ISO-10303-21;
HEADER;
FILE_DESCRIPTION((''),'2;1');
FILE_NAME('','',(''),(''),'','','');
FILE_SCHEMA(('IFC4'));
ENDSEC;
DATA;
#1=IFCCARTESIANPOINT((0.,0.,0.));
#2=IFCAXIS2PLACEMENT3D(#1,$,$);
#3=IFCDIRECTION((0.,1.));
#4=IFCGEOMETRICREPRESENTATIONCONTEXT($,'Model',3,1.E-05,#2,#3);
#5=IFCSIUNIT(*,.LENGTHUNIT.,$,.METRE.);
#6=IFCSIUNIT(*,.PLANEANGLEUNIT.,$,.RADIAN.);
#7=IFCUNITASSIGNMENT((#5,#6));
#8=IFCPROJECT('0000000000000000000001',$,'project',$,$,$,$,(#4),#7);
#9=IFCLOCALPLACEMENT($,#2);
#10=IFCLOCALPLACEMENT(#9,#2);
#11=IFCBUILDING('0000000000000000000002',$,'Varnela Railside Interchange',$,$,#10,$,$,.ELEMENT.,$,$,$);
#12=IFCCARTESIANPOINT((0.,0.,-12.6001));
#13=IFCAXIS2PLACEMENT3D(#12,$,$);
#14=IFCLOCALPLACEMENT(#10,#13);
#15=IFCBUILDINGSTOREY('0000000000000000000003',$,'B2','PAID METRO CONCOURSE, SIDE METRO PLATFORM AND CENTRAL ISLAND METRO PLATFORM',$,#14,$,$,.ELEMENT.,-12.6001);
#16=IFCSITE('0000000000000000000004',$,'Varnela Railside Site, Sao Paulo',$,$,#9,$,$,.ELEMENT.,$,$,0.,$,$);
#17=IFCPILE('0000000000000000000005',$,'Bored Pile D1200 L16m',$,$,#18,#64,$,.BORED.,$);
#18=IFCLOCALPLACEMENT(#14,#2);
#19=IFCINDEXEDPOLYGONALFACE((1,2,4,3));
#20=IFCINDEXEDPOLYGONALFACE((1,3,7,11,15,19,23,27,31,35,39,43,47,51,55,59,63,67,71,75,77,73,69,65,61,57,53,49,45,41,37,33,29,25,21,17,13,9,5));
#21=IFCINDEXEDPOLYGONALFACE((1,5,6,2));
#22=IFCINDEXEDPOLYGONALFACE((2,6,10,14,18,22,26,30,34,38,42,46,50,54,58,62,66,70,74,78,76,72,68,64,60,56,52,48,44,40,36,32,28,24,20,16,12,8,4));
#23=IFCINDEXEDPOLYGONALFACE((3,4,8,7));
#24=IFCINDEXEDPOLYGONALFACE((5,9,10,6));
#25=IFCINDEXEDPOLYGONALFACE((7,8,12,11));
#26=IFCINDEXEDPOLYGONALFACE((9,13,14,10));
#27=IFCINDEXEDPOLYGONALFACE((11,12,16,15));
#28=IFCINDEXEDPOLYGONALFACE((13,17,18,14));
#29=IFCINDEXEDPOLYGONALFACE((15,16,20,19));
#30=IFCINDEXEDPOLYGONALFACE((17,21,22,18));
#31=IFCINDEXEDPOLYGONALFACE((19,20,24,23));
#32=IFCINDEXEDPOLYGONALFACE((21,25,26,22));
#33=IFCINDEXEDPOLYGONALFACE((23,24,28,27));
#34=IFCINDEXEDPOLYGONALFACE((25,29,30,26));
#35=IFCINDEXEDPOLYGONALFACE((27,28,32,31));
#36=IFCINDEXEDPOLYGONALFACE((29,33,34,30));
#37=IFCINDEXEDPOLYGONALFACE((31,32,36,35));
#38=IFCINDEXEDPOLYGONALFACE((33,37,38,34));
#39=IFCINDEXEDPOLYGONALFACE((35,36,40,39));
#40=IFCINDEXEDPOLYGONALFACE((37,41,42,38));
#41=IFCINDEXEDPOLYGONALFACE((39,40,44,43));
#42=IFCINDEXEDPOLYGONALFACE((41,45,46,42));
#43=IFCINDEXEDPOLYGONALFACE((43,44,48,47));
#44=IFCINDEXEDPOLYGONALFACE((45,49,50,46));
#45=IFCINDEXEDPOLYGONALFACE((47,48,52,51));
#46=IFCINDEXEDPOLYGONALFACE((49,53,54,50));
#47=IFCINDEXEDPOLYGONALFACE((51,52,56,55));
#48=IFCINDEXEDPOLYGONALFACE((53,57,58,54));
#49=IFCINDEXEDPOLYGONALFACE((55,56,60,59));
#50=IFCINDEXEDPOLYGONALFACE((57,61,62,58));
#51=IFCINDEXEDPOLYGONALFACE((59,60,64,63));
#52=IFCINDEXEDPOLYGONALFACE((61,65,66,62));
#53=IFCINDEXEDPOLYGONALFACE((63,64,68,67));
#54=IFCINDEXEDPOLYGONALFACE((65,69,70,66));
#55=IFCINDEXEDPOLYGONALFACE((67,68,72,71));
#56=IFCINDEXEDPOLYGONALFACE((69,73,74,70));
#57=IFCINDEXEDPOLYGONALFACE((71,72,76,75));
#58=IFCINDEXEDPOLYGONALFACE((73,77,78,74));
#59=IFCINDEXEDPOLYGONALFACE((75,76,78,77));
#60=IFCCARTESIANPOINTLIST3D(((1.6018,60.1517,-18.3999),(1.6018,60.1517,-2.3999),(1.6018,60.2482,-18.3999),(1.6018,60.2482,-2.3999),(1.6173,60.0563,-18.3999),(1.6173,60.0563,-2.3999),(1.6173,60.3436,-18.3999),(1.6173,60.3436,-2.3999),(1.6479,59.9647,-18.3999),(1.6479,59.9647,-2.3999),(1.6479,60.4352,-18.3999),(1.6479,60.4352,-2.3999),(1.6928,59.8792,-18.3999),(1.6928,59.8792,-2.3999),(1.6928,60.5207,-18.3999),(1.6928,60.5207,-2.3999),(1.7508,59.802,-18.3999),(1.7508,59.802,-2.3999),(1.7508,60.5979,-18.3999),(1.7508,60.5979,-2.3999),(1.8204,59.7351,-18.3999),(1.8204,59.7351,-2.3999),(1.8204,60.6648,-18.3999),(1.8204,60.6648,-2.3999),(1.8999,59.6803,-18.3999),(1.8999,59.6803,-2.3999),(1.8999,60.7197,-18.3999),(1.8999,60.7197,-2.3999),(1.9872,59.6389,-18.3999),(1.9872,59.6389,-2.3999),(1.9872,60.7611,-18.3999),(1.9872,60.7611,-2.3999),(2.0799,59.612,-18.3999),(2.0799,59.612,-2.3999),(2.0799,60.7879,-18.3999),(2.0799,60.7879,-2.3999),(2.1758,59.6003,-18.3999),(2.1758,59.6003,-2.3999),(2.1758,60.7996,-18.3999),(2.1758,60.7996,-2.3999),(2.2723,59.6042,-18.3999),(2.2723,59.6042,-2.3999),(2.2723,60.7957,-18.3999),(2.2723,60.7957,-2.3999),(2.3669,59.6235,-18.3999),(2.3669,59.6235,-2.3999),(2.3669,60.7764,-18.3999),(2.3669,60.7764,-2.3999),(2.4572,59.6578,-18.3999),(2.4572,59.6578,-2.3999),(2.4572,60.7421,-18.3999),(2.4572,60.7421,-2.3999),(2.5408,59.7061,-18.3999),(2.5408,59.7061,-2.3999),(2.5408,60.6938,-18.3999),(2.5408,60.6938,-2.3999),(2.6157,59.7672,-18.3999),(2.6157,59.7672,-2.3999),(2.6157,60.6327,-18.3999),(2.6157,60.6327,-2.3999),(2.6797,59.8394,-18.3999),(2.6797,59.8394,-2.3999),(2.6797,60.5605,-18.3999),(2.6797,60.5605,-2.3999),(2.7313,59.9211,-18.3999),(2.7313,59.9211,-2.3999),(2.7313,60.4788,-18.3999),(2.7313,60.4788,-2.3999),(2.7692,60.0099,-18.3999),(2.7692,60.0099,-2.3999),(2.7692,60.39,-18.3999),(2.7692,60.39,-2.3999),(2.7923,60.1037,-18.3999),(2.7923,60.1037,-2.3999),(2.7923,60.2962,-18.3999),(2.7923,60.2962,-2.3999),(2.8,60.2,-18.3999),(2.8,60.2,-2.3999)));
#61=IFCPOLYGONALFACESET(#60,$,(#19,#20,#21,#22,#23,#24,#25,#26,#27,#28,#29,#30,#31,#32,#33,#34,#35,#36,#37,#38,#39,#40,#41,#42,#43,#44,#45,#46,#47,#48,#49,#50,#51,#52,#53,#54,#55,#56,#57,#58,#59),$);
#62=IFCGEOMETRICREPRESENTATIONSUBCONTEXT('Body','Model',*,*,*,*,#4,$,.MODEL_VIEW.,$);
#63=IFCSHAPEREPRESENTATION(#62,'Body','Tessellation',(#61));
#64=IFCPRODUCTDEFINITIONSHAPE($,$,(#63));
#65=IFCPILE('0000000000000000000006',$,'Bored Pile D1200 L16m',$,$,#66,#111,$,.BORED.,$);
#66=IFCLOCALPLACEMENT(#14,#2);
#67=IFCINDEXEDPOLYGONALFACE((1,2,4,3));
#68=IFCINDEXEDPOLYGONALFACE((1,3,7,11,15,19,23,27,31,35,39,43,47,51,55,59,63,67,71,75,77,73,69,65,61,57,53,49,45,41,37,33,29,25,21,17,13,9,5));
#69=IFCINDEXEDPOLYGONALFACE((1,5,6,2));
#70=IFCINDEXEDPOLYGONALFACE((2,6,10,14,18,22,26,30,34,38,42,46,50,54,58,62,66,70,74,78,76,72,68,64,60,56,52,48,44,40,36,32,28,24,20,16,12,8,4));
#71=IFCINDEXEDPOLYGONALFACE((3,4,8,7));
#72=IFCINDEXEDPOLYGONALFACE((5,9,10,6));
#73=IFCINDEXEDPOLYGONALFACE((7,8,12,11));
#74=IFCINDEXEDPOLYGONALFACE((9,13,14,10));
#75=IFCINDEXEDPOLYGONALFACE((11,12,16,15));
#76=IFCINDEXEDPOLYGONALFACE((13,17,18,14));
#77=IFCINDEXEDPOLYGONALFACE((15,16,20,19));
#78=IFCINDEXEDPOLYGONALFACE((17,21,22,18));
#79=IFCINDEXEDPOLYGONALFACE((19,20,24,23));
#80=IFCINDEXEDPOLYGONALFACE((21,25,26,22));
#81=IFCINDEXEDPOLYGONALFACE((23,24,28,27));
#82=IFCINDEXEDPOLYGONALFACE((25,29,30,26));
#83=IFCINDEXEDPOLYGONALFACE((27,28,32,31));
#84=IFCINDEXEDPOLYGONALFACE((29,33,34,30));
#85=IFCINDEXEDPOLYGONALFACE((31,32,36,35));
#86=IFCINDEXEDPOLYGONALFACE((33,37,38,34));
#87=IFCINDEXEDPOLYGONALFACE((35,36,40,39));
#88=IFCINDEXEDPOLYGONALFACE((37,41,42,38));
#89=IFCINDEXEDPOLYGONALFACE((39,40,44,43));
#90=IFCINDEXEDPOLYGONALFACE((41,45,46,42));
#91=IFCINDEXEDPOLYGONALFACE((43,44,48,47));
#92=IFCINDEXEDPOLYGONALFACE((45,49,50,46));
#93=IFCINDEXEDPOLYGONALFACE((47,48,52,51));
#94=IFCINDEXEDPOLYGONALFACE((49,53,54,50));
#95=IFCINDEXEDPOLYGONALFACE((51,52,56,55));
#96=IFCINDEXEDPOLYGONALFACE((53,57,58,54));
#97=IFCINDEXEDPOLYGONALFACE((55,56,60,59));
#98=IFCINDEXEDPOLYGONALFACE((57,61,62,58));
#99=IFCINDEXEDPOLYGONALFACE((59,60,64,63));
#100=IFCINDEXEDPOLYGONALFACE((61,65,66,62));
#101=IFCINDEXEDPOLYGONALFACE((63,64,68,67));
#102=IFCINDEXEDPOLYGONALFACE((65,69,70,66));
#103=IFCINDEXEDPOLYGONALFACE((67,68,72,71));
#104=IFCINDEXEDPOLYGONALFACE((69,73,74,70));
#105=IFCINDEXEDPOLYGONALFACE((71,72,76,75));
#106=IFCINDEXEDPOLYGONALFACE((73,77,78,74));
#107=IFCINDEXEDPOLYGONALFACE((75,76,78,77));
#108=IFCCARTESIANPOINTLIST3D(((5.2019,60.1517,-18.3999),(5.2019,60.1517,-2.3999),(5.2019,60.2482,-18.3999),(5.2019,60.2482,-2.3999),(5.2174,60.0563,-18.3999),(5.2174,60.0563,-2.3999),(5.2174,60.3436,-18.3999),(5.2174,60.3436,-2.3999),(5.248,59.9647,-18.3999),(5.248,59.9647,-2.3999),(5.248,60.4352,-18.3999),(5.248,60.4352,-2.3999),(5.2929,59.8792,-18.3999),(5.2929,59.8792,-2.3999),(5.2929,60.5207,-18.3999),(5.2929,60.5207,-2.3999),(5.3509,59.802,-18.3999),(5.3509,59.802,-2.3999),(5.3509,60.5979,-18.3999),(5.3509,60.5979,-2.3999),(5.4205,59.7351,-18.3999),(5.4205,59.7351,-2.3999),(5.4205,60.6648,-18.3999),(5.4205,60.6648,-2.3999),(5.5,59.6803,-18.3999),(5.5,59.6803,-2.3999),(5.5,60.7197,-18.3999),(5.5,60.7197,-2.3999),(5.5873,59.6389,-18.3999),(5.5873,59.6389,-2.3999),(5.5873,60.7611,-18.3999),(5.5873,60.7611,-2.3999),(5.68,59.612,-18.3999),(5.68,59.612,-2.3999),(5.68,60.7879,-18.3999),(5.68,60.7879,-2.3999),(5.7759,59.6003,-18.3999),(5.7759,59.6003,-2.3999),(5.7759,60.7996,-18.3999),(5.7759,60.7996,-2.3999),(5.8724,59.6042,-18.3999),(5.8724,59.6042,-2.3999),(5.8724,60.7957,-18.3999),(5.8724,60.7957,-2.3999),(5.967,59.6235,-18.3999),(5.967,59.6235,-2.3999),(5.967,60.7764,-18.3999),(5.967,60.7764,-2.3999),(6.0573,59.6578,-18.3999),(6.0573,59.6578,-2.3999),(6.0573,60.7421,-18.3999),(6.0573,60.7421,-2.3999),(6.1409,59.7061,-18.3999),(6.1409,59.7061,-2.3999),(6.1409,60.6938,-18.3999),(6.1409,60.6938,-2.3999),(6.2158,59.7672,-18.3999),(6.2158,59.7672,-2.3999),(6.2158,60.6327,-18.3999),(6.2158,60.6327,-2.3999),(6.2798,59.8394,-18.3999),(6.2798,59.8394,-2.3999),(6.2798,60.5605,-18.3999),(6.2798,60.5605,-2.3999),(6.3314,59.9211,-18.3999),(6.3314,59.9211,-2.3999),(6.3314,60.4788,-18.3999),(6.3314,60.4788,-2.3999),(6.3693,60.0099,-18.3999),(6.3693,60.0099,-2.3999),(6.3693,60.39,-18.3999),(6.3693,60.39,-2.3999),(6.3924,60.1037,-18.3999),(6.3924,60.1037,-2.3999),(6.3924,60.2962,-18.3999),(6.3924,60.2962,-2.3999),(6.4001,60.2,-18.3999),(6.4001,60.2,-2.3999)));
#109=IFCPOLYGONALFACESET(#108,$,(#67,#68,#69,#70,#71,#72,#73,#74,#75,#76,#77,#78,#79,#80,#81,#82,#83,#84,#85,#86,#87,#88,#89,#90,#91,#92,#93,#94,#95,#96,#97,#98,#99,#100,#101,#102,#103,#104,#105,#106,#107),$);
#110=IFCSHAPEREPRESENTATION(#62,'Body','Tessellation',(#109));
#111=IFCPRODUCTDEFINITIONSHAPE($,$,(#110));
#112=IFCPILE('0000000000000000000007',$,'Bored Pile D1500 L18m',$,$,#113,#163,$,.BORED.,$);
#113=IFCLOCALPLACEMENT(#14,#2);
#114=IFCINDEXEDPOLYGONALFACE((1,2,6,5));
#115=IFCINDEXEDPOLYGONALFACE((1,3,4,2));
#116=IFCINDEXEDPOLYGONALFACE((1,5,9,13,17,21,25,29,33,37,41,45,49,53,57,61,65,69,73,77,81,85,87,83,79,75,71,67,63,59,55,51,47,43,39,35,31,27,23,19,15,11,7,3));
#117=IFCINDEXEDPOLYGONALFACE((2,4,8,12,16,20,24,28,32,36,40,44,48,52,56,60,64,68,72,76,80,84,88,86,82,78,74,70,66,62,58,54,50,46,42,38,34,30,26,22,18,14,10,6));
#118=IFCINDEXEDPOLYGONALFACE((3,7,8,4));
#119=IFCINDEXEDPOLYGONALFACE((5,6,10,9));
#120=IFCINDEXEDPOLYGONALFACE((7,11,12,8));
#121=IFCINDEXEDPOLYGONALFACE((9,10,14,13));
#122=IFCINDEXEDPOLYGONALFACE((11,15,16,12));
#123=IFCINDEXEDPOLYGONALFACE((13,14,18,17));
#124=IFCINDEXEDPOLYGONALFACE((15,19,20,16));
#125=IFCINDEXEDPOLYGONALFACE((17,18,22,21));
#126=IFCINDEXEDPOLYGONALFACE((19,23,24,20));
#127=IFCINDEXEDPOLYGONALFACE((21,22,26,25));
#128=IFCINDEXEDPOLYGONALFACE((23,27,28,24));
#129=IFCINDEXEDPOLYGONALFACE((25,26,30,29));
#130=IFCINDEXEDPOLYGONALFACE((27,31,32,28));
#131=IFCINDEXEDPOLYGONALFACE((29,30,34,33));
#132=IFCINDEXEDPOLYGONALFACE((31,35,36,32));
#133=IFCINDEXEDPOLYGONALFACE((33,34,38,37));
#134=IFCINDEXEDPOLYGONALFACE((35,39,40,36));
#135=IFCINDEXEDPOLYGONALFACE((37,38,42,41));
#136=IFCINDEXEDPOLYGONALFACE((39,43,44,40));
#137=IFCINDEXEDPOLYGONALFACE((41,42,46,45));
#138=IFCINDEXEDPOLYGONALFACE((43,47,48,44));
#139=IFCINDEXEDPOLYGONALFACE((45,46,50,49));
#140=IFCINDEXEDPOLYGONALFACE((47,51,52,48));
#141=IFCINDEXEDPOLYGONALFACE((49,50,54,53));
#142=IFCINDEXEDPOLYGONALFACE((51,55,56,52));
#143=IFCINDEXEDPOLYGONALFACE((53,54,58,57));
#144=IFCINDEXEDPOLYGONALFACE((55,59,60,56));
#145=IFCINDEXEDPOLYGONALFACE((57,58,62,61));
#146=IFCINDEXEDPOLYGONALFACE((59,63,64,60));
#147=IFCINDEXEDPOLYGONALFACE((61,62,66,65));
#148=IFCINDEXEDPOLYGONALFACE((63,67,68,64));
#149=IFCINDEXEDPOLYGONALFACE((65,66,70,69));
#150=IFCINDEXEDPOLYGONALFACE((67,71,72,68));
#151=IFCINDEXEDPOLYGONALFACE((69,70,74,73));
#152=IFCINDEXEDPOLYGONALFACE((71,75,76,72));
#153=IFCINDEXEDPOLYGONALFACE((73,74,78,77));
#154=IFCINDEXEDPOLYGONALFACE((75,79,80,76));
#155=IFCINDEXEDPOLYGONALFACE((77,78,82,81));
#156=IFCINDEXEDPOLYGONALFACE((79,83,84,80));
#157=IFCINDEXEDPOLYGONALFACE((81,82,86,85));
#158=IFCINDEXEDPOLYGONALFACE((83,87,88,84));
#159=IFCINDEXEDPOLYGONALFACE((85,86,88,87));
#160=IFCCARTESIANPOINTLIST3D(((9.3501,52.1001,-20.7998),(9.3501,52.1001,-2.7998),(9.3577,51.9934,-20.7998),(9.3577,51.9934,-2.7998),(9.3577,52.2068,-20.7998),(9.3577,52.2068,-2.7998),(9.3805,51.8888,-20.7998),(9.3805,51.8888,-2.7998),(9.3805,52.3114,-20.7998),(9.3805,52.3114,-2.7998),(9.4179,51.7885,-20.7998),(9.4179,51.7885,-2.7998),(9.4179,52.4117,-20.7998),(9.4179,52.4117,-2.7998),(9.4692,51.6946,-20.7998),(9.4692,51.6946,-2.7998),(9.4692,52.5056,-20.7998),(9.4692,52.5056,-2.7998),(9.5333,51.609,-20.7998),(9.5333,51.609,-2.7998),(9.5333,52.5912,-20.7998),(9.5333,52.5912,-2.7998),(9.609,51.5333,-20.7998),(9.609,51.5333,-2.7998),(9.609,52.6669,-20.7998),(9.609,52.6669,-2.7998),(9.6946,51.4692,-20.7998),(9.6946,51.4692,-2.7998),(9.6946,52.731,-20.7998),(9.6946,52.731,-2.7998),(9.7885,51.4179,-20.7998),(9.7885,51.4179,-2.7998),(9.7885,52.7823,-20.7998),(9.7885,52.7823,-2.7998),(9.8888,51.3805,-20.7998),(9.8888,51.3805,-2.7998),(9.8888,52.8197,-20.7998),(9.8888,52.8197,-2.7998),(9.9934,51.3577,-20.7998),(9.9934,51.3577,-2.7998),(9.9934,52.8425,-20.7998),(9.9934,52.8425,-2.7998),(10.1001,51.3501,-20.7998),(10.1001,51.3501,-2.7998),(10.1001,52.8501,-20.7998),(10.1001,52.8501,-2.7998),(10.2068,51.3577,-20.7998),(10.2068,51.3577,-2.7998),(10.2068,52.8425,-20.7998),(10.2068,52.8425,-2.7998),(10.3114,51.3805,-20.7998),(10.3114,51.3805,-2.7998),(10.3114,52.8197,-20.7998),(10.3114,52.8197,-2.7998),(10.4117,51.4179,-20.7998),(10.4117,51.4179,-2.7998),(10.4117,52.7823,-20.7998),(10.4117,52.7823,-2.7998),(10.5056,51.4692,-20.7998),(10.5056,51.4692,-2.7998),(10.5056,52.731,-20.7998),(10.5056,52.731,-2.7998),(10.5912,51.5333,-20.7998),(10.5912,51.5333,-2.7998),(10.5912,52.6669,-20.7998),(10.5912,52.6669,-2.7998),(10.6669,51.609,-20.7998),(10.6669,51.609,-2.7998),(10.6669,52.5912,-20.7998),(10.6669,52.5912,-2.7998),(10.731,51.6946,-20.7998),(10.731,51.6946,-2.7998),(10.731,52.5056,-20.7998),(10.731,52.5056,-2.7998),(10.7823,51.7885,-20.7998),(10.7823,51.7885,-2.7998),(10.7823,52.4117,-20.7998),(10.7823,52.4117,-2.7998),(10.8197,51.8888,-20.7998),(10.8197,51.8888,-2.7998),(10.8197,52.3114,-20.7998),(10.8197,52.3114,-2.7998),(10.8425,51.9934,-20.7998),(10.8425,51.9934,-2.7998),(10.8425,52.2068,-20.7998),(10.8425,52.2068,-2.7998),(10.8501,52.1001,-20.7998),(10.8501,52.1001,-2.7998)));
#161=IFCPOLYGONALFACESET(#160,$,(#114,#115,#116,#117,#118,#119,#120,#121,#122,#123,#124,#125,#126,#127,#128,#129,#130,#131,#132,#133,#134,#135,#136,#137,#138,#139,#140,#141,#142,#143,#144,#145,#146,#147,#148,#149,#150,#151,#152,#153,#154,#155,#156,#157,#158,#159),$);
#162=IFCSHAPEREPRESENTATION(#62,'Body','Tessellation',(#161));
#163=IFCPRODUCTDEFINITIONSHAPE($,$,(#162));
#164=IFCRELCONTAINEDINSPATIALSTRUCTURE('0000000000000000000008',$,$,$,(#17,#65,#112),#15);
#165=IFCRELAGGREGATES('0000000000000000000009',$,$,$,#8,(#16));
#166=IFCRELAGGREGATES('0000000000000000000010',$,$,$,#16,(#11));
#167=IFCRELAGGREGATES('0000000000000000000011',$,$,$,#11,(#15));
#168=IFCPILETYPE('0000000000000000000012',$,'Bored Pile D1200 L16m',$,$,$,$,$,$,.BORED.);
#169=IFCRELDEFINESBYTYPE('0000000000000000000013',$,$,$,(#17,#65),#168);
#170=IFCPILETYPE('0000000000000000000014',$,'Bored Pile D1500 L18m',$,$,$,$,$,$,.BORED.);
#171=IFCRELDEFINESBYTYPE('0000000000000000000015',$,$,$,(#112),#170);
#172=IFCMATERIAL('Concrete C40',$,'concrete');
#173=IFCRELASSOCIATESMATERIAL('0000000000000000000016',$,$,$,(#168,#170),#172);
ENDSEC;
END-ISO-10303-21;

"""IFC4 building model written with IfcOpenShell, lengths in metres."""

from ifc_helpers import new_model, si_unit, direction, frame, origin, origin_2d, place, context, subcontext, project, spatial, circle, extrude, material, material_profile, profile_set, type_object, element, save


model = new_model("IFC4")

# Units and contexts
model_context = context("Model", 3, precision=1e-05, world=origin(), true_north=direction((0.0, 1.0)))
body_context = subcontext(model_context, "Body", "Model", "MODEL_VIEW")
ifc_project = project(units=[si_unit("LENGTHUNIT", "METRE"), si_unit("PLANEANGLEUNIT", "RADIAN")], contexts=[model_context])

# Site, building, storey
site_placement = place(None, origin())
site = spatial("IfcSite", under=ifc_project, at=site_placement, Name="Varnela Railside Site, Sao Paulo", CompositionType="ELEMENT", RefElevation=0.0)
building_placement = place(site_placement, origin())
building = spatial("IfcBuilding", under=site, at=building_placement, Name="Varnela Railside Interchange", CompositionType="ELEMENT")
storey_placement = place(building_placement, frame((0.0, 0.0, -12.6001)))
storey = spatial("IfcBuildingStorey", under=building, at=storey_placement, Name="B2", Description="PAID METRO CONCOURSE, SIDE METRO PLATFORM AND CENTRAL ISLAND METRO PLATFORM", CompositionType="ELEMENT", Elevation=-12.6001)

# Piles
ifc_material_1 = material(Name="Concrete C40", Category="concrete")
ifc_material_profile_1 = material_profile(ifc_material_1, circle(Radius=0.6001, at=origin_2d()), Name="BORED PILE D1200")
ifc_profile_set_1 = profile_set([ifc_material_profile_1], Name="Concrete C40")
pile_type_1 = type_object("IfcPileType", Name="Bored Pile D1200 L16m", PredefinedType="BORED", material=ifc_profile_set_1)
for number, where, z_axis, x_axis, name in (
    (1, (2.2, 60.2, -2.3999), (0.0, 0.0, -1.0), (1.0, 0.0, 0.0), "Bored Pile D1200 L16m"),
    (2, (5.8, 60.2, -2.3999), (0.0, 0.0, -1.0), (1.0, 0.0, 0.0), "Bored Pile D1200 L16m"),
):
    element("IfcPile", number, at=place(storey_placement, frame(where, z_axis=z_axis, x_axis=x_axis)), inside=storey, type_object=pile_type_1, Name=name, PredefinedType="BORED", context=body_context, shape_type="SweptSolid", body=[
        extrude(circle(Radius=0.6001, at=origin_2d()), origin(), (0.0, 0.0, 1.0), 16.0),
    ])
ifc_material_profile_2 = material_profile(ifc_material_1, circle(Radius=0.75, at=origin_2d()), Name="BORED PILE D1500")
ifc_profile_set_2 = profile_set([ifc_material_profile_2], Name="Concrete C40")
pile_type_2 = type_object("IfcPileType", Name="Bored Pile D1500 L18m", PredefinedType="BORED", material=ifc_profile_set_2)
for number, where, z_axis, x_axis, name in (
    (3, (10.1001, 52.1001, -2.7998), (0.0, 0.0, -1.0), (1.0, 0.0, 0.0), "Bored Pile D1500 L18m"),
):
    element("IfcPile", number, at=place(storey_placement, frame(where, z_axis=z_axis, x_axis=x_axis)), inside=storey, type_object=pile_type_2, Name=name, PredefinedType="BORED", context=body_context, shape_type="SweptSolid", body=[
        extrude(circle(Radius=0.75, at=origin_2d()), origin(), (0.0, 0.0, 1.0), 18.0),
    ])

save(model, "model.ifc")
